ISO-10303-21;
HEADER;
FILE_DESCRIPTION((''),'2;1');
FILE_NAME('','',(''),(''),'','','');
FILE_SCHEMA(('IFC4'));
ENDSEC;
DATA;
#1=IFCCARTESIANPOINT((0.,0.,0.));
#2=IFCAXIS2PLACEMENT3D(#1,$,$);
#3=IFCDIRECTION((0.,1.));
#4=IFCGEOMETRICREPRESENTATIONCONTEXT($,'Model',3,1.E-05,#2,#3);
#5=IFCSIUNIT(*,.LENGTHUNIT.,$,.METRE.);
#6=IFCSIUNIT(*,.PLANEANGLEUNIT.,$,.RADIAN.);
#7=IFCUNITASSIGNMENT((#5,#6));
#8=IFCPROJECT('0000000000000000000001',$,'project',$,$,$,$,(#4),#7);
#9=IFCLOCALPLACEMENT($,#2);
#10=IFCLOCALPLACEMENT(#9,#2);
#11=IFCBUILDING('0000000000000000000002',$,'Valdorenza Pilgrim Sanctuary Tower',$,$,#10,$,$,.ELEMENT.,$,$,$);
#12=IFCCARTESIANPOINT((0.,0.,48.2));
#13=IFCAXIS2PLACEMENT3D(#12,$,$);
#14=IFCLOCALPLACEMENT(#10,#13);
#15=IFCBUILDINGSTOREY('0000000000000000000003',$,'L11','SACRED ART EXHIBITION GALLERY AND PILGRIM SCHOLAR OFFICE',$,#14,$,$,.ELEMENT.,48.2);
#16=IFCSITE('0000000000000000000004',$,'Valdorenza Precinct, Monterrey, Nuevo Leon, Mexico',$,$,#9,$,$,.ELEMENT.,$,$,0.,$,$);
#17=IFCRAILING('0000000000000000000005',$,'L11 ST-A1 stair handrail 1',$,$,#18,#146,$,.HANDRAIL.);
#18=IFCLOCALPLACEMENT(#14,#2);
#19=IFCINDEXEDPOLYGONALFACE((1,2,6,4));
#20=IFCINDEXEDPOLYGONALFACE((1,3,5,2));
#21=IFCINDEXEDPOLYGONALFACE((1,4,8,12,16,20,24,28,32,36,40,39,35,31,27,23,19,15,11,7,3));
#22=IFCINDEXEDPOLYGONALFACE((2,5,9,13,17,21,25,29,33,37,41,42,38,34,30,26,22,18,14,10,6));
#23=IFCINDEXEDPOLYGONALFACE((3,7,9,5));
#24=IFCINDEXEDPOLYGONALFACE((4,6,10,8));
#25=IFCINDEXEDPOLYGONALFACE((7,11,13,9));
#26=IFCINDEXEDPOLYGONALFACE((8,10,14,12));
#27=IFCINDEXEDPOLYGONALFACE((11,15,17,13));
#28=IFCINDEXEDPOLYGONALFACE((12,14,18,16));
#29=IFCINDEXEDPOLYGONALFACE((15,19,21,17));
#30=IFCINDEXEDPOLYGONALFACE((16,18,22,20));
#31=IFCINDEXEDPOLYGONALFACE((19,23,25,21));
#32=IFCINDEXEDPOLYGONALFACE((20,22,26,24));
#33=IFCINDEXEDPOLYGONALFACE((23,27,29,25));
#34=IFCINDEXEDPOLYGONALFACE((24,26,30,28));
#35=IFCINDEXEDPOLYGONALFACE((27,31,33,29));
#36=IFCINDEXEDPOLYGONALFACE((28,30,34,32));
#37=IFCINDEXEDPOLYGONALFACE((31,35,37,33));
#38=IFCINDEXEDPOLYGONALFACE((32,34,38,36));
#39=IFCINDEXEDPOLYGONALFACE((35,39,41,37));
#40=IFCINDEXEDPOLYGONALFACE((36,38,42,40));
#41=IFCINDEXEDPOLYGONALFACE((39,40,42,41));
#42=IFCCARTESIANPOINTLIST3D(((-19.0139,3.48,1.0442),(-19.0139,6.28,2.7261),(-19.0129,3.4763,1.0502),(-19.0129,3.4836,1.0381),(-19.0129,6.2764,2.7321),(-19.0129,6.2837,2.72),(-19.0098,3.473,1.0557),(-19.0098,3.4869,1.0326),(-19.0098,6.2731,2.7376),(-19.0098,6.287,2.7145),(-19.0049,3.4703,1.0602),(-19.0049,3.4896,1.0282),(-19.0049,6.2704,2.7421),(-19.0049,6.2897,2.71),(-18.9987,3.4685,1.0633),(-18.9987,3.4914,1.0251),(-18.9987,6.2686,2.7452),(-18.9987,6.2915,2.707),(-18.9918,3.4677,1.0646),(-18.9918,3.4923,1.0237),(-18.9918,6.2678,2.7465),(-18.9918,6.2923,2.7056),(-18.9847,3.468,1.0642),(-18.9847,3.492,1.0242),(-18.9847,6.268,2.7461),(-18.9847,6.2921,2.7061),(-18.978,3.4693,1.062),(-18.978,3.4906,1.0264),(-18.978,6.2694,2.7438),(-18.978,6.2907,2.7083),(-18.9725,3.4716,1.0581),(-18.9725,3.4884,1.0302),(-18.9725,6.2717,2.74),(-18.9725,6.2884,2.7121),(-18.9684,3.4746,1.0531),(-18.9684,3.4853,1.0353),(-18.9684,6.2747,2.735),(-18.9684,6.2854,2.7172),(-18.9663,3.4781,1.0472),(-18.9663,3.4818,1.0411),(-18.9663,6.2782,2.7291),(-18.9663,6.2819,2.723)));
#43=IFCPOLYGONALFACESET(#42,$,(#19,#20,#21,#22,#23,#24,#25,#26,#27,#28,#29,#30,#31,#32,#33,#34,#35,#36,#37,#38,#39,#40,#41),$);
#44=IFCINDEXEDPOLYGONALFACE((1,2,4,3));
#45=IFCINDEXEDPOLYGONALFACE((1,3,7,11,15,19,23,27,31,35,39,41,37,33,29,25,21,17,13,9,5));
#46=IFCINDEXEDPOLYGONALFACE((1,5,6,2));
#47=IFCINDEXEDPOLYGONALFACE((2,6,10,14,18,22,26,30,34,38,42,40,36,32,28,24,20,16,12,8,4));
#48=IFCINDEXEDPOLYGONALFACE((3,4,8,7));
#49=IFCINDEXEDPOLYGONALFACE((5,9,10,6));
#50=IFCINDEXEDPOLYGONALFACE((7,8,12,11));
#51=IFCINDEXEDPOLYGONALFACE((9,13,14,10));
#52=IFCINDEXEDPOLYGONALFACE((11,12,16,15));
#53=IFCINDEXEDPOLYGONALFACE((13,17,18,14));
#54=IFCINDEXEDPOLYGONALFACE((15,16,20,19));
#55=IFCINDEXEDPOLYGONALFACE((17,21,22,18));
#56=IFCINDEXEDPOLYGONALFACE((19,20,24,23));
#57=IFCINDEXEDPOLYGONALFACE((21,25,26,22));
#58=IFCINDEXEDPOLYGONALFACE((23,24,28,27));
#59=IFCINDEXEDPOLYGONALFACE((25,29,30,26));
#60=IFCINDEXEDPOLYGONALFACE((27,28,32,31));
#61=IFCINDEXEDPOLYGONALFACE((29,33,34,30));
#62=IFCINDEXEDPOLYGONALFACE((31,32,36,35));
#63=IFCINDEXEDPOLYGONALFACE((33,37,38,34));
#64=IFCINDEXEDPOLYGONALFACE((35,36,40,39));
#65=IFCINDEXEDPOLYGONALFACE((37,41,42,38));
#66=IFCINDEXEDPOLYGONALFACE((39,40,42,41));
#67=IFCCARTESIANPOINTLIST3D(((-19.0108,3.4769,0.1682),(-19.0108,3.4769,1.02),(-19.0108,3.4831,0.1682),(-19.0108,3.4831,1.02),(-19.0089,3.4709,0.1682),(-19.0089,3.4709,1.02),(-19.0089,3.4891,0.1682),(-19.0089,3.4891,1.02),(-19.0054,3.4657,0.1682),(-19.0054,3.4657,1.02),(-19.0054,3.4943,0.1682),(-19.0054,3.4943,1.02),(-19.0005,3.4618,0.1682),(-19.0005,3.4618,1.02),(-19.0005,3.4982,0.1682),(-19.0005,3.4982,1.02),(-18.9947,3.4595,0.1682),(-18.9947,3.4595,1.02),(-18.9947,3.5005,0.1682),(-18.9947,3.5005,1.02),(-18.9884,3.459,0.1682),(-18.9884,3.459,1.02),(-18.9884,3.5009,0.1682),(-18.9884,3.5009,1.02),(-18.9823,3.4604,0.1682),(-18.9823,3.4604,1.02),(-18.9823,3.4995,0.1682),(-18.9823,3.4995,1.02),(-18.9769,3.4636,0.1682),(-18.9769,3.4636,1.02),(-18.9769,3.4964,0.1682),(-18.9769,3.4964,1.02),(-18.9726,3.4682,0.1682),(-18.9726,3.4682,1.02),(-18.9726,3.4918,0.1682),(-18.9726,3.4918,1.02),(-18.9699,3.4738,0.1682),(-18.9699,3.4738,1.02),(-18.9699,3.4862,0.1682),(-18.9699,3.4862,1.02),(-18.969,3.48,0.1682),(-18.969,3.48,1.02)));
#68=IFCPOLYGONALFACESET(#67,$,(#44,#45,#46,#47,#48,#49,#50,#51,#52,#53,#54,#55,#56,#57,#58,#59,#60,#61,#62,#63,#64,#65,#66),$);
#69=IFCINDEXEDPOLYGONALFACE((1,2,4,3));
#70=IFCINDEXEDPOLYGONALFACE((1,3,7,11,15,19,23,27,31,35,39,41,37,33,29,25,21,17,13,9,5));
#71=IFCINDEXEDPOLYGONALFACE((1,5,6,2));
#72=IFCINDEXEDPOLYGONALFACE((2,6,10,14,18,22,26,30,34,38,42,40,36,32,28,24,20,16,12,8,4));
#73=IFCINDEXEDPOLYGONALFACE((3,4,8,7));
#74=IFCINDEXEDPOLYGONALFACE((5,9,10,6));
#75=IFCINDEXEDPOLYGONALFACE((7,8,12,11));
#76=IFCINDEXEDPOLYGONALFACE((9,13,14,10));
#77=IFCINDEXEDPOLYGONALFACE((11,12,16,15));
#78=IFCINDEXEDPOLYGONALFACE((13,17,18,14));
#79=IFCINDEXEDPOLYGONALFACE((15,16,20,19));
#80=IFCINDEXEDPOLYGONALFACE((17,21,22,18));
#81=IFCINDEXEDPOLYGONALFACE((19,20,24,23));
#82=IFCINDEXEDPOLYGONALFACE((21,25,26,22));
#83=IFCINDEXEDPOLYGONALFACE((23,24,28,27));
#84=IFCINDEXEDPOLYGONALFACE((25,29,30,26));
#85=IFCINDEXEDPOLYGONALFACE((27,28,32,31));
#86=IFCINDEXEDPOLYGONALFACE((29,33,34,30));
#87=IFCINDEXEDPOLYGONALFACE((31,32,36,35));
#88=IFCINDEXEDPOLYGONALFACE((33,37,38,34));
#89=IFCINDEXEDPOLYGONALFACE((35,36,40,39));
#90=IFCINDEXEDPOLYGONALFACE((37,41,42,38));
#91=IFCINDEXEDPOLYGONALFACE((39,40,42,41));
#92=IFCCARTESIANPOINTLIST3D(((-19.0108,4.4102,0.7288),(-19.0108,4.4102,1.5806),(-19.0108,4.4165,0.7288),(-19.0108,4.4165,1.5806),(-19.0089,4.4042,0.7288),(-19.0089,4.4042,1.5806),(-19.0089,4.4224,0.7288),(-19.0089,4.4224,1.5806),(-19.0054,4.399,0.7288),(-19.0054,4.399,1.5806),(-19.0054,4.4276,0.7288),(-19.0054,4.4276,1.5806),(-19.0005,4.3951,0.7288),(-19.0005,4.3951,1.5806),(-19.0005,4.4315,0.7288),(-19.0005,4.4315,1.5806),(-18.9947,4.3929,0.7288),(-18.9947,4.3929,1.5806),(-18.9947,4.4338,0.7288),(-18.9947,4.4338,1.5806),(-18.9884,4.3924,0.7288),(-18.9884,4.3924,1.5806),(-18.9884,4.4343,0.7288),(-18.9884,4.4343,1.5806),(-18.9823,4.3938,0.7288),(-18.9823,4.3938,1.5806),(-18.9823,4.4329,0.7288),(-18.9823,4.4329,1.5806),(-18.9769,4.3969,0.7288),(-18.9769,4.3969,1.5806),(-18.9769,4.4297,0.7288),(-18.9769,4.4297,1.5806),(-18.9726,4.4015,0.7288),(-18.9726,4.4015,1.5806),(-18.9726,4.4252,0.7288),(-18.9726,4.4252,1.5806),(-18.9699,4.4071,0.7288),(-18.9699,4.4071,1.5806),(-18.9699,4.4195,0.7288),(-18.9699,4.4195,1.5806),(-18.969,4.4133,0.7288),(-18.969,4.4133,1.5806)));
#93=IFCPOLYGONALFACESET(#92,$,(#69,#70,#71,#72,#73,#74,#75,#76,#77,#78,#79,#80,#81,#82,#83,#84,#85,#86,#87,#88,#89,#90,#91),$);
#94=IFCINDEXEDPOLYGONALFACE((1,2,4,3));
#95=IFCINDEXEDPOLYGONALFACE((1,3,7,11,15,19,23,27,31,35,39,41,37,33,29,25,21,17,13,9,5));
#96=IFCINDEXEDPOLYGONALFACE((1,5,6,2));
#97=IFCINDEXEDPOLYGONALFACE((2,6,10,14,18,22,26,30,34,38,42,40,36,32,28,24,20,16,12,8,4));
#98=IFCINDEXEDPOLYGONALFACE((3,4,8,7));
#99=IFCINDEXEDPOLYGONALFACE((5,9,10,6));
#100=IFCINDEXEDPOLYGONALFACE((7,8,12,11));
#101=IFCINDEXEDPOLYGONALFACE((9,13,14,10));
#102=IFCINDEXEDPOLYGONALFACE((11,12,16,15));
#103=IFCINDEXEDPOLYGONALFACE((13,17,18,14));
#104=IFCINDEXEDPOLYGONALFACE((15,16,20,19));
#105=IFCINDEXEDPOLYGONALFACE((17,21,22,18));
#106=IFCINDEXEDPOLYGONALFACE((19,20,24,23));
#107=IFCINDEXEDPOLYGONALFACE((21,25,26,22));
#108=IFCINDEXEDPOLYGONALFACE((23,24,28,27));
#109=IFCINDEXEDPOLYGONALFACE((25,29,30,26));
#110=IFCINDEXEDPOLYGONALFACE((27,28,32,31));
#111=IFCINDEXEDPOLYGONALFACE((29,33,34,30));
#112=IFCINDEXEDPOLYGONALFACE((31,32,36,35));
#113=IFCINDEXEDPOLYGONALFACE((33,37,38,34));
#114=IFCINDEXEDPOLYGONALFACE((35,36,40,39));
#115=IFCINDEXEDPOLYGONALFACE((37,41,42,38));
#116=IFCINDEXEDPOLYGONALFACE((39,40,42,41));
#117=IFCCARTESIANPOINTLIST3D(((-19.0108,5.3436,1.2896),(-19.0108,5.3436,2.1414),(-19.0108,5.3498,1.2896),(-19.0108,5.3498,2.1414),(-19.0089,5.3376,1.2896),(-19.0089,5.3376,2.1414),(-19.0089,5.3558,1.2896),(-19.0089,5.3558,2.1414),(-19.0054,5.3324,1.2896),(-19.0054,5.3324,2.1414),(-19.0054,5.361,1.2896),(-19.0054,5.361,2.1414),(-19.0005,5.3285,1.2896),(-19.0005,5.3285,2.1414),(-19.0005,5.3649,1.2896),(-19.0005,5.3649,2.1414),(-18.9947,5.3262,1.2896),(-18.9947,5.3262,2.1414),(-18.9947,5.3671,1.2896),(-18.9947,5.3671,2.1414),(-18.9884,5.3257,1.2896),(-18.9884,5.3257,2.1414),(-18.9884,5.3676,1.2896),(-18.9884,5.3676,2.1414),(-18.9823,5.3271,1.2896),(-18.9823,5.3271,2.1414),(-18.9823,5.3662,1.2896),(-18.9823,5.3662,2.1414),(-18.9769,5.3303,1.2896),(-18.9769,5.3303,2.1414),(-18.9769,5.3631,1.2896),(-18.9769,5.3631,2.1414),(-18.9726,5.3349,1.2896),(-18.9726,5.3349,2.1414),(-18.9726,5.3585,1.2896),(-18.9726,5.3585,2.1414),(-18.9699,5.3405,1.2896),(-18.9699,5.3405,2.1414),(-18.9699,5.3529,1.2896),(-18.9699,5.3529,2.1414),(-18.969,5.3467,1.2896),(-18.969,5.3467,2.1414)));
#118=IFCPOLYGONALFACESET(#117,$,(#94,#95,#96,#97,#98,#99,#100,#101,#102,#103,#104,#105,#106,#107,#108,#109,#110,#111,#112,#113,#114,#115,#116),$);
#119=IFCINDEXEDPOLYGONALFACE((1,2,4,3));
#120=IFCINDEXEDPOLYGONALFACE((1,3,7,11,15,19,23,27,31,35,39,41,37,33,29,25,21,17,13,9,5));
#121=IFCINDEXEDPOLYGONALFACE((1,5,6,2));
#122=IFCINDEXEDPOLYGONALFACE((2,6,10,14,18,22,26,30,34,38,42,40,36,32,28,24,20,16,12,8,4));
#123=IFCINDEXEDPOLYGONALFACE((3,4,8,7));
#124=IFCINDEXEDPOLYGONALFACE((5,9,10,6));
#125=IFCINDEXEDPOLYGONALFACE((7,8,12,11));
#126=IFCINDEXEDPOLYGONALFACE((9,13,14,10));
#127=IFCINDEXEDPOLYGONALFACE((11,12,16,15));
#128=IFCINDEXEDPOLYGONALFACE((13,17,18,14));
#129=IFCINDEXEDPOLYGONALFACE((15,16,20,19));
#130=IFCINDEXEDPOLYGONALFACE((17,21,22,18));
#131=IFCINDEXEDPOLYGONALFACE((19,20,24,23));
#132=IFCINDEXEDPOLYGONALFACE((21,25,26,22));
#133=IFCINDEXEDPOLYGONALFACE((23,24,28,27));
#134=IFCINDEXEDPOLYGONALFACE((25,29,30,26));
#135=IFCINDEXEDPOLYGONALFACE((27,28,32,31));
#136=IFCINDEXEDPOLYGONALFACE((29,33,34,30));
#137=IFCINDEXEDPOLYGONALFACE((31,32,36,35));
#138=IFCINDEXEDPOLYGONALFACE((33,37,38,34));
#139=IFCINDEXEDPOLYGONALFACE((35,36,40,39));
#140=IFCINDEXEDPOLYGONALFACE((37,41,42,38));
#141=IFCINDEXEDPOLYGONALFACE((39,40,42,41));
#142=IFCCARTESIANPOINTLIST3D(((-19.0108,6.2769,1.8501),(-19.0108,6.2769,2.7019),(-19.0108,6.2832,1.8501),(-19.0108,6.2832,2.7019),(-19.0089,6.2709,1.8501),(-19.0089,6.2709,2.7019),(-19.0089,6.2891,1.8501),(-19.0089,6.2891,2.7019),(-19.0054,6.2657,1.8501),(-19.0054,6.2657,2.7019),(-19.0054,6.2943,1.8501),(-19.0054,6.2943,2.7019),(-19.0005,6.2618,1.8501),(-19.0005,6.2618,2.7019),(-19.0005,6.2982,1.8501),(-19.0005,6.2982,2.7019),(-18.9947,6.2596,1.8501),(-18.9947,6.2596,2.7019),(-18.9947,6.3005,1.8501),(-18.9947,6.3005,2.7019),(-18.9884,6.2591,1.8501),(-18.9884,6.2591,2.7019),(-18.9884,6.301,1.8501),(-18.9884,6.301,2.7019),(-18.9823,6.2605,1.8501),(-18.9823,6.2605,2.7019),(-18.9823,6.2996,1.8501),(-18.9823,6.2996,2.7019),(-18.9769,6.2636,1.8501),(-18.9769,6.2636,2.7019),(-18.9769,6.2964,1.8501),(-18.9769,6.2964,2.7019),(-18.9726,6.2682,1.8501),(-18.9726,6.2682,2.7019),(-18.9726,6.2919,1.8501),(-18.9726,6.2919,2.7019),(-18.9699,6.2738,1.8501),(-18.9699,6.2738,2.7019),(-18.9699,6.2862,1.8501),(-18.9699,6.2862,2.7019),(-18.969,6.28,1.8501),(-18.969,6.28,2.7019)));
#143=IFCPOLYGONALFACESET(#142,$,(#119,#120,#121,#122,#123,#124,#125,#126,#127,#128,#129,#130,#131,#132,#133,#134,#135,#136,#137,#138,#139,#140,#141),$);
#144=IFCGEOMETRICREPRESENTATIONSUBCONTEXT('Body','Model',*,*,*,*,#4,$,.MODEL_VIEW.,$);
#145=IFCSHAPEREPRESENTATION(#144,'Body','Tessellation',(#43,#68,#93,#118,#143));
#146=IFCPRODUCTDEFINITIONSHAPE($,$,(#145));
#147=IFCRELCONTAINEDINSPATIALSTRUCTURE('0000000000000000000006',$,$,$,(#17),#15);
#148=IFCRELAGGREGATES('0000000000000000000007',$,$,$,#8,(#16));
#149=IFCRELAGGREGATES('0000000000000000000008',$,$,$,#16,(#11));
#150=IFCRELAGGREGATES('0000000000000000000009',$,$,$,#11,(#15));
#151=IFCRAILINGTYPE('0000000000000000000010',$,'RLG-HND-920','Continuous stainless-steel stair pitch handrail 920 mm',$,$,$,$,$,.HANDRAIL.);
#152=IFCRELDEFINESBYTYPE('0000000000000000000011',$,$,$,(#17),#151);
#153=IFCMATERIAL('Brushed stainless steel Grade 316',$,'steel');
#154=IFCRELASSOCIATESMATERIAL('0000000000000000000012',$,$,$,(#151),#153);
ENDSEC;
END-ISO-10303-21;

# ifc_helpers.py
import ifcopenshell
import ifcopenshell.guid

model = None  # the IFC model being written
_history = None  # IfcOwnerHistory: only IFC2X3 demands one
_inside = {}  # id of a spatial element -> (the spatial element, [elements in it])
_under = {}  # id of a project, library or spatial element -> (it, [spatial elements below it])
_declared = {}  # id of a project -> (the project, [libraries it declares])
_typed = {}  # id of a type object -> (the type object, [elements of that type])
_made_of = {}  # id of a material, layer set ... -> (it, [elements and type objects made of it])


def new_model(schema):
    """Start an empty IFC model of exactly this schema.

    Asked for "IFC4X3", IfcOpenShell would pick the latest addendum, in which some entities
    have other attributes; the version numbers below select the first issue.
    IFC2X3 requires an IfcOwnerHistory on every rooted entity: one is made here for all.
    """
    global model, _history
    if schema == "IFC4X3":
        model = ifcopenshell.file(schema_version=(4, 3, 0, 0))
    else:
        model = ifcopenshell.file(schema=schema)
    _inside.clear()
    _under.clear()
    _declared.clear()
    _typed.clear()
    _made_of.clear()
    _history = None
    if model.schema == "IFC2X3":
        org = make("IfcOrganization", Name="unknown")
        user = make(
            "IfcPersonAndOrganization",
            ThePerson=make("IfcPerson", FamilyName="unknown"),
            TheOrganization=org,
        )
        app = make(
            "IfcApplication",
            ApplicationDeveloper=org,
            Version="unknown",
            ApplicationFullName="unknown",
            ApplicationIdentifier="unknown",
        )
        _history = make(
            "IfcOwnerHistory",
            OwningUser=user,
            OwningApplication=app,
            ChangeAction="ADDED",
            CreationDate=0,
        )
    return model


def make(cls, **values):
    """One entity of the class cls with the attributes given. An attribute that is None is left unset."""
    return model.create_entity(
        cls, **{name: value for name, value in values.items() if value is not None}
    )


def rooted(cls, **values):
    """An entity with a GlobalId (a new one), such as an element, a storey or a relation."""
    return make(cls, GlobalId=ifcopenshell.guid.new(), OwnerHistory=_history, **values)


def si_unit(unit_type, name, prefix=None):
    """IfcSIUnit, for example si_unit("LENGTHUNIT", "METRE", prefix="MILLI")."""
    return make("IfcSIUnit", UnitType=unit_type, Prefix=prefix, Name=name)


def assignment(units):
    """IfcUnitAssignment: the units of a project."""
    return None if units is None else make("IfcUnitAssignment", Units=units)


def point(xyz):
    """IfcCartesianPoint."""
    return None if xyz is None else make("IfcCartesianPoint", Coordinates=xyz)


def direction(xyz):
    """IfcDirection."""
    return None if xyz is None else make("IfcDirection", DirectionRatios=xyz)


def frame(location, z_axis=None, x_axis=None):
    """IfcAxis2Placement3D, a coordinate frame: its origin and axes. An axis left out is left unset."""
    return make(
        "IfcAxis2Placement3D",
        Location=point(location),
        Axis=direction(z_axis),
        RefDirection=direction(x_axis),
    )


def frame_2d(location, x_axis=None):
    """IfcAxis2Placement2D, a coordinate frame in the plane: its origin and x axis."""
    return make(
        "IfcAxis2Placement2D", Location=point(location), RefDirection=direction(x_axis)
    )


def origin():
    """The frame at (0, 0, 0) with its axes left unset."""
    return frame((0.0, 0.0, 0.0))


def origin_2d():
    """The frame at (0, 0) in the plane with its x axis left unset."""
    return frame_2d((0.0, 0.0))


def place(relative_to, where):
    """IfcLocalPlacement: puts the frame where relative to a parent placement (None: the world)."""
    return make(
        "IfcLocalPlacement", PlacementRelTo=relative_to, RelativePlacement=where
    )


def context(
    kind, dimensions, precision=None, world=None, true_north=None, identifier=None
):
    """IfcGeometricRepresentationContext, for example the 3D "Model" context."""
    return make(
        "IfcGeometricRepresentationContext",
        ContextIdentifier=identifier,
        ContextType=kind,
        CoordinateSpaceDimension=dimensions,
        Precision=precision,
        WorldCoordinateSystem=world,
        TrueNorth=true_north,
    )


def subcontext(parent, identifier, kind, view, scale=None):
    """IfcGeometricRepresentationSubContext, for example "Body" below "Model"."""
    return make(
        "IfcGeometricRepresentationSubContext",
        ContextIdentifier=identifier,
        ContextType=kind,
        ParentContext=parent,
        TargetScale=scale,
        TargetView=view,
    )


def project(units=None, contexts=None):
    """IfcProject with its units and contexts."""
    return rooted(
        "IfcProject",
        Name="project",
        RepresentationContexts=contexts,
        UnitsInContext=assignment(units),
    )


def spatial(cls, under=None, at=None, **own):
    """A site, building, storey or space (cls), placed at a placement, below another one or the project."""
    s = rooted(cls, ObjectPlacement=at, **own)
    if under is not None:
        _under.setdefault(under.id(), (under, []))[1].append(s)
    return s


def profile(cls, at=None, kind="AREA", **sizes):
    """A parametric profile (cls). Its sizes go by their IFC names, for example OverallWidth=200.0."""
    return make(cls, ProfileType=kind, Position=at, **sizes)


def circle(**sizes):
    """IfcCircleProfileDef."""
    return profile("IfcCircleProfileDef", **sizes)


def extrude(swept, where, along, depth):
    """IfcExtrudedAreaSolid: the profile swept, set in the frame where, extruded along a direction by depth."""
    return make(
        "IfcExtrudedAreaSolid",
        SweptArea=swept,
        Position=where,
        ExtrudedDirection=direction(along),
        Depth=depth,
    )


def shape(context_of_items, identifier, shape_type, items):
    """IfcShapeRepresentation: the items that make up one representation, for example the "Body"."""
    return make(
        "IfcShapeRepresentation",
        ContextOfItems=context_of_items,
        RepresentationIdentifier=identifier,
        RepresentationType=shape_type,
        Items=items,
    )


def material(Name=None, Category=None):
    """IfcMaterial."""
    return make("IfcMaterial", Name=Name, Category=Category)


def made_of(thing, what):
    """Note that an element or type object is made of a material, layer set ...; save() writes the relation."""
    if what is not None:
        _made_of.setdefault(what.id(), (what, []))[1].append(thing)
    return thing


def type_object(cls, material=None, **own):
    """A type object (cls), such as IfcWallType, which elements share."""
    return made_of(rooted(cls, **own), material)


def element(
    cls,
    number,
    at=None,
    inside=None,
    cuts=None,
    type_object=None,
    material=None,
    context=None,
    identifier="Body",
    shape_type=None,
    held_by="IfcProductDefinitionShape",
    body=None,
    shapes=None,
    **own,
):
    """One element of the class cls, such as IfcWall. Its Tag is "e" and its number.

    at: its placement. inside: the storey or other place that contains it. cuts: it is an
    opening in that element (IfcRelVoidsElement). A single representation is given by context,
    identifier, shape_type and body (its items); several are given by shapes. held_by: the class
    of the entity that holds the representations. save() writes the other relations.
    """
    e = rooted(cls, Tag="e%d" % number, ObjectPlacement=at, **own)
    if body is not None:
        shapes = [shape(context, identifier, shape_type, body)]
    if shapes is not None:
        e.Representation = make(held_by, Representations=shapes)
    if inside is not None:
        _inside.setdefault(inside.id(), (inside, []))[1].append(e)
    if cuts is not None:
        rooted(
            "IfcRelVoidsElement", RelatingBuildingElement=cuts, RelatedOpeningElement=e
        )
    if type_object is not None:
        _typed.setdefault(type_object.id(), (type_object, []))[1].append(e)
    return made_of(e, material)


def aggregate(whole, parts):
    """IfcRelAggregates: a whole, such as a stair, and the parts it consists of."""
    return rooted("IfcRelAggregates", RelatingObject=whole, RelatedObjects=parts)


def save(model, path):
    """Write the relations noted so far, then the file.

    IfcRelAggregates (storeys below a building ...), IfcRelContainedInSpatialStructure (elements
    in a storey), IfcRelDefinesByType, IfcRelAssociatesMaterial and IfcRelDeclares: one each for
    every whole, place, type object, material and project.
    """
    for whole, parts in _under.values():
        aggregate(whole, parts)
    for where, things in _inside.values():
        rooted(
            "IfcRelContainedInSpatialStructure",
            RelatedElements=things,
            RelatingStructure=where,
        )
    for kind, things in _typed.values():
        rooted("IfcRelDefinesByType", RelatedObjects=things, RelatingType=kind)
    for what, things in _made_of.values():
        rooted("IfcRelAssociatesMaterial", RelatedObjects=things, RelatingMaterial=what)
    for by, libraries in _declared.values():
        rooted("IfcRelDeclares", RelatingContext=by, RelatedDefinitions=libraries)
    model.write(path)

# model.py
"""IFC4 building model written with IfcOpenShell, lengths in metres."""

from ifc_helpers import new_model, si_unit, direction, frame, origin, origin_2d, place, context, subcontext, project, spatial, circle, extrude, material, type_object, element, save


model = new_model("IFC4")

# Units and contexts
model_context = context("Model", 3, precision=1e-05, world=origin(), true_north=direction((0.0, 1.0)))
body_context = subcontext(model_context, "Body", "Model", "MODEL_VIEW")
ifc_project = project(units=[si_unit("LENGTHUNIT", "METRE"), si_unit("PLANEANGLEUNIT", "RADIAN")], contexts=[model_context])

# Site, building, storey
site_placement = place(None, origin())
site = spatial("IfcSite", under=ifc_project, at=site_placement, Name="Valdorenza Precinct, Monterrey, Nuevo Leon, Mexico", CompositionType="ELEMENT", RefElevation=0.0)
building_placement = place(site_placement, origin())
building = spatial("IfcBuilding", under=site, at=building_placement, Name="Valdorenza Pilgrim Sanctuary Tower", CompositionType="ELEMENT")
storey_placement = place(building_placement, frame((0.0, 0.0, 48.2)))
storey = spatial("IfcBuildingStorey", under=building, at=storey_placement, Name="L11", Description="SACRED ART EXHIBITION GALLERY AND PILGRIM SCHOLAR OFFICE", CompositionType="ELEMENT", Elevation=48.2)

# Railing
ifc_material_1 = material(Name="Brushed stainless steel Grade 316", Category="steel")
railing_type_1 = type_object("IfcRailingType", Name="RLG-HND-920", Description="Continuous stainless-steel stair pitch handrail 920 mm", PredefinedType="HANDRAIL", material=ifc_material_1)
railing_1_placement = place(storey_placement, frame((-18.99, 3.48, 0.1682)))
element("IfcRailing", 1, at=railing_1_placement, inside=storey, type_object=railing_type_1, Name="L11 ST-A1 stair handrail 1", PredefinedType="HANDRAIL", context=body_context, shape_type="SweptSolid", body=[
    extrude(circle(Radius=0.0239, at=origin_2d()), frame((0.0, 0.0, 0.876), z_axis=(0.0, 0.857242, 0.514913), x_axis=(-1.0, 0.0, 0.0)), (0.0, 0.0, 1.0), 3.2664),
    extrude(circle(Radius=0.021, at=origin_2d()), origin(), (0.0, 0.0, 1.0), 0.8518),
    extrude(circle(Radius=0.021, at=origin_2d()), frame((0.0, 0.9333, 0.5605)), (0.0, 0.0, 1.0), 0.8518),
    extrude(circle(Radius=0.021, at=origin_2d()), frame((0.0, 1.8667, 1.1213)), (0.0, 0.0, 1.0), 0.8518),
    extrude(circle(Radius=0.021, at=origin_2d()), frame((0.0, 2.8, 1.6819)), (0.0, 0.0, 1.0), 0.8518),
])

save(model, "model.ifc")
